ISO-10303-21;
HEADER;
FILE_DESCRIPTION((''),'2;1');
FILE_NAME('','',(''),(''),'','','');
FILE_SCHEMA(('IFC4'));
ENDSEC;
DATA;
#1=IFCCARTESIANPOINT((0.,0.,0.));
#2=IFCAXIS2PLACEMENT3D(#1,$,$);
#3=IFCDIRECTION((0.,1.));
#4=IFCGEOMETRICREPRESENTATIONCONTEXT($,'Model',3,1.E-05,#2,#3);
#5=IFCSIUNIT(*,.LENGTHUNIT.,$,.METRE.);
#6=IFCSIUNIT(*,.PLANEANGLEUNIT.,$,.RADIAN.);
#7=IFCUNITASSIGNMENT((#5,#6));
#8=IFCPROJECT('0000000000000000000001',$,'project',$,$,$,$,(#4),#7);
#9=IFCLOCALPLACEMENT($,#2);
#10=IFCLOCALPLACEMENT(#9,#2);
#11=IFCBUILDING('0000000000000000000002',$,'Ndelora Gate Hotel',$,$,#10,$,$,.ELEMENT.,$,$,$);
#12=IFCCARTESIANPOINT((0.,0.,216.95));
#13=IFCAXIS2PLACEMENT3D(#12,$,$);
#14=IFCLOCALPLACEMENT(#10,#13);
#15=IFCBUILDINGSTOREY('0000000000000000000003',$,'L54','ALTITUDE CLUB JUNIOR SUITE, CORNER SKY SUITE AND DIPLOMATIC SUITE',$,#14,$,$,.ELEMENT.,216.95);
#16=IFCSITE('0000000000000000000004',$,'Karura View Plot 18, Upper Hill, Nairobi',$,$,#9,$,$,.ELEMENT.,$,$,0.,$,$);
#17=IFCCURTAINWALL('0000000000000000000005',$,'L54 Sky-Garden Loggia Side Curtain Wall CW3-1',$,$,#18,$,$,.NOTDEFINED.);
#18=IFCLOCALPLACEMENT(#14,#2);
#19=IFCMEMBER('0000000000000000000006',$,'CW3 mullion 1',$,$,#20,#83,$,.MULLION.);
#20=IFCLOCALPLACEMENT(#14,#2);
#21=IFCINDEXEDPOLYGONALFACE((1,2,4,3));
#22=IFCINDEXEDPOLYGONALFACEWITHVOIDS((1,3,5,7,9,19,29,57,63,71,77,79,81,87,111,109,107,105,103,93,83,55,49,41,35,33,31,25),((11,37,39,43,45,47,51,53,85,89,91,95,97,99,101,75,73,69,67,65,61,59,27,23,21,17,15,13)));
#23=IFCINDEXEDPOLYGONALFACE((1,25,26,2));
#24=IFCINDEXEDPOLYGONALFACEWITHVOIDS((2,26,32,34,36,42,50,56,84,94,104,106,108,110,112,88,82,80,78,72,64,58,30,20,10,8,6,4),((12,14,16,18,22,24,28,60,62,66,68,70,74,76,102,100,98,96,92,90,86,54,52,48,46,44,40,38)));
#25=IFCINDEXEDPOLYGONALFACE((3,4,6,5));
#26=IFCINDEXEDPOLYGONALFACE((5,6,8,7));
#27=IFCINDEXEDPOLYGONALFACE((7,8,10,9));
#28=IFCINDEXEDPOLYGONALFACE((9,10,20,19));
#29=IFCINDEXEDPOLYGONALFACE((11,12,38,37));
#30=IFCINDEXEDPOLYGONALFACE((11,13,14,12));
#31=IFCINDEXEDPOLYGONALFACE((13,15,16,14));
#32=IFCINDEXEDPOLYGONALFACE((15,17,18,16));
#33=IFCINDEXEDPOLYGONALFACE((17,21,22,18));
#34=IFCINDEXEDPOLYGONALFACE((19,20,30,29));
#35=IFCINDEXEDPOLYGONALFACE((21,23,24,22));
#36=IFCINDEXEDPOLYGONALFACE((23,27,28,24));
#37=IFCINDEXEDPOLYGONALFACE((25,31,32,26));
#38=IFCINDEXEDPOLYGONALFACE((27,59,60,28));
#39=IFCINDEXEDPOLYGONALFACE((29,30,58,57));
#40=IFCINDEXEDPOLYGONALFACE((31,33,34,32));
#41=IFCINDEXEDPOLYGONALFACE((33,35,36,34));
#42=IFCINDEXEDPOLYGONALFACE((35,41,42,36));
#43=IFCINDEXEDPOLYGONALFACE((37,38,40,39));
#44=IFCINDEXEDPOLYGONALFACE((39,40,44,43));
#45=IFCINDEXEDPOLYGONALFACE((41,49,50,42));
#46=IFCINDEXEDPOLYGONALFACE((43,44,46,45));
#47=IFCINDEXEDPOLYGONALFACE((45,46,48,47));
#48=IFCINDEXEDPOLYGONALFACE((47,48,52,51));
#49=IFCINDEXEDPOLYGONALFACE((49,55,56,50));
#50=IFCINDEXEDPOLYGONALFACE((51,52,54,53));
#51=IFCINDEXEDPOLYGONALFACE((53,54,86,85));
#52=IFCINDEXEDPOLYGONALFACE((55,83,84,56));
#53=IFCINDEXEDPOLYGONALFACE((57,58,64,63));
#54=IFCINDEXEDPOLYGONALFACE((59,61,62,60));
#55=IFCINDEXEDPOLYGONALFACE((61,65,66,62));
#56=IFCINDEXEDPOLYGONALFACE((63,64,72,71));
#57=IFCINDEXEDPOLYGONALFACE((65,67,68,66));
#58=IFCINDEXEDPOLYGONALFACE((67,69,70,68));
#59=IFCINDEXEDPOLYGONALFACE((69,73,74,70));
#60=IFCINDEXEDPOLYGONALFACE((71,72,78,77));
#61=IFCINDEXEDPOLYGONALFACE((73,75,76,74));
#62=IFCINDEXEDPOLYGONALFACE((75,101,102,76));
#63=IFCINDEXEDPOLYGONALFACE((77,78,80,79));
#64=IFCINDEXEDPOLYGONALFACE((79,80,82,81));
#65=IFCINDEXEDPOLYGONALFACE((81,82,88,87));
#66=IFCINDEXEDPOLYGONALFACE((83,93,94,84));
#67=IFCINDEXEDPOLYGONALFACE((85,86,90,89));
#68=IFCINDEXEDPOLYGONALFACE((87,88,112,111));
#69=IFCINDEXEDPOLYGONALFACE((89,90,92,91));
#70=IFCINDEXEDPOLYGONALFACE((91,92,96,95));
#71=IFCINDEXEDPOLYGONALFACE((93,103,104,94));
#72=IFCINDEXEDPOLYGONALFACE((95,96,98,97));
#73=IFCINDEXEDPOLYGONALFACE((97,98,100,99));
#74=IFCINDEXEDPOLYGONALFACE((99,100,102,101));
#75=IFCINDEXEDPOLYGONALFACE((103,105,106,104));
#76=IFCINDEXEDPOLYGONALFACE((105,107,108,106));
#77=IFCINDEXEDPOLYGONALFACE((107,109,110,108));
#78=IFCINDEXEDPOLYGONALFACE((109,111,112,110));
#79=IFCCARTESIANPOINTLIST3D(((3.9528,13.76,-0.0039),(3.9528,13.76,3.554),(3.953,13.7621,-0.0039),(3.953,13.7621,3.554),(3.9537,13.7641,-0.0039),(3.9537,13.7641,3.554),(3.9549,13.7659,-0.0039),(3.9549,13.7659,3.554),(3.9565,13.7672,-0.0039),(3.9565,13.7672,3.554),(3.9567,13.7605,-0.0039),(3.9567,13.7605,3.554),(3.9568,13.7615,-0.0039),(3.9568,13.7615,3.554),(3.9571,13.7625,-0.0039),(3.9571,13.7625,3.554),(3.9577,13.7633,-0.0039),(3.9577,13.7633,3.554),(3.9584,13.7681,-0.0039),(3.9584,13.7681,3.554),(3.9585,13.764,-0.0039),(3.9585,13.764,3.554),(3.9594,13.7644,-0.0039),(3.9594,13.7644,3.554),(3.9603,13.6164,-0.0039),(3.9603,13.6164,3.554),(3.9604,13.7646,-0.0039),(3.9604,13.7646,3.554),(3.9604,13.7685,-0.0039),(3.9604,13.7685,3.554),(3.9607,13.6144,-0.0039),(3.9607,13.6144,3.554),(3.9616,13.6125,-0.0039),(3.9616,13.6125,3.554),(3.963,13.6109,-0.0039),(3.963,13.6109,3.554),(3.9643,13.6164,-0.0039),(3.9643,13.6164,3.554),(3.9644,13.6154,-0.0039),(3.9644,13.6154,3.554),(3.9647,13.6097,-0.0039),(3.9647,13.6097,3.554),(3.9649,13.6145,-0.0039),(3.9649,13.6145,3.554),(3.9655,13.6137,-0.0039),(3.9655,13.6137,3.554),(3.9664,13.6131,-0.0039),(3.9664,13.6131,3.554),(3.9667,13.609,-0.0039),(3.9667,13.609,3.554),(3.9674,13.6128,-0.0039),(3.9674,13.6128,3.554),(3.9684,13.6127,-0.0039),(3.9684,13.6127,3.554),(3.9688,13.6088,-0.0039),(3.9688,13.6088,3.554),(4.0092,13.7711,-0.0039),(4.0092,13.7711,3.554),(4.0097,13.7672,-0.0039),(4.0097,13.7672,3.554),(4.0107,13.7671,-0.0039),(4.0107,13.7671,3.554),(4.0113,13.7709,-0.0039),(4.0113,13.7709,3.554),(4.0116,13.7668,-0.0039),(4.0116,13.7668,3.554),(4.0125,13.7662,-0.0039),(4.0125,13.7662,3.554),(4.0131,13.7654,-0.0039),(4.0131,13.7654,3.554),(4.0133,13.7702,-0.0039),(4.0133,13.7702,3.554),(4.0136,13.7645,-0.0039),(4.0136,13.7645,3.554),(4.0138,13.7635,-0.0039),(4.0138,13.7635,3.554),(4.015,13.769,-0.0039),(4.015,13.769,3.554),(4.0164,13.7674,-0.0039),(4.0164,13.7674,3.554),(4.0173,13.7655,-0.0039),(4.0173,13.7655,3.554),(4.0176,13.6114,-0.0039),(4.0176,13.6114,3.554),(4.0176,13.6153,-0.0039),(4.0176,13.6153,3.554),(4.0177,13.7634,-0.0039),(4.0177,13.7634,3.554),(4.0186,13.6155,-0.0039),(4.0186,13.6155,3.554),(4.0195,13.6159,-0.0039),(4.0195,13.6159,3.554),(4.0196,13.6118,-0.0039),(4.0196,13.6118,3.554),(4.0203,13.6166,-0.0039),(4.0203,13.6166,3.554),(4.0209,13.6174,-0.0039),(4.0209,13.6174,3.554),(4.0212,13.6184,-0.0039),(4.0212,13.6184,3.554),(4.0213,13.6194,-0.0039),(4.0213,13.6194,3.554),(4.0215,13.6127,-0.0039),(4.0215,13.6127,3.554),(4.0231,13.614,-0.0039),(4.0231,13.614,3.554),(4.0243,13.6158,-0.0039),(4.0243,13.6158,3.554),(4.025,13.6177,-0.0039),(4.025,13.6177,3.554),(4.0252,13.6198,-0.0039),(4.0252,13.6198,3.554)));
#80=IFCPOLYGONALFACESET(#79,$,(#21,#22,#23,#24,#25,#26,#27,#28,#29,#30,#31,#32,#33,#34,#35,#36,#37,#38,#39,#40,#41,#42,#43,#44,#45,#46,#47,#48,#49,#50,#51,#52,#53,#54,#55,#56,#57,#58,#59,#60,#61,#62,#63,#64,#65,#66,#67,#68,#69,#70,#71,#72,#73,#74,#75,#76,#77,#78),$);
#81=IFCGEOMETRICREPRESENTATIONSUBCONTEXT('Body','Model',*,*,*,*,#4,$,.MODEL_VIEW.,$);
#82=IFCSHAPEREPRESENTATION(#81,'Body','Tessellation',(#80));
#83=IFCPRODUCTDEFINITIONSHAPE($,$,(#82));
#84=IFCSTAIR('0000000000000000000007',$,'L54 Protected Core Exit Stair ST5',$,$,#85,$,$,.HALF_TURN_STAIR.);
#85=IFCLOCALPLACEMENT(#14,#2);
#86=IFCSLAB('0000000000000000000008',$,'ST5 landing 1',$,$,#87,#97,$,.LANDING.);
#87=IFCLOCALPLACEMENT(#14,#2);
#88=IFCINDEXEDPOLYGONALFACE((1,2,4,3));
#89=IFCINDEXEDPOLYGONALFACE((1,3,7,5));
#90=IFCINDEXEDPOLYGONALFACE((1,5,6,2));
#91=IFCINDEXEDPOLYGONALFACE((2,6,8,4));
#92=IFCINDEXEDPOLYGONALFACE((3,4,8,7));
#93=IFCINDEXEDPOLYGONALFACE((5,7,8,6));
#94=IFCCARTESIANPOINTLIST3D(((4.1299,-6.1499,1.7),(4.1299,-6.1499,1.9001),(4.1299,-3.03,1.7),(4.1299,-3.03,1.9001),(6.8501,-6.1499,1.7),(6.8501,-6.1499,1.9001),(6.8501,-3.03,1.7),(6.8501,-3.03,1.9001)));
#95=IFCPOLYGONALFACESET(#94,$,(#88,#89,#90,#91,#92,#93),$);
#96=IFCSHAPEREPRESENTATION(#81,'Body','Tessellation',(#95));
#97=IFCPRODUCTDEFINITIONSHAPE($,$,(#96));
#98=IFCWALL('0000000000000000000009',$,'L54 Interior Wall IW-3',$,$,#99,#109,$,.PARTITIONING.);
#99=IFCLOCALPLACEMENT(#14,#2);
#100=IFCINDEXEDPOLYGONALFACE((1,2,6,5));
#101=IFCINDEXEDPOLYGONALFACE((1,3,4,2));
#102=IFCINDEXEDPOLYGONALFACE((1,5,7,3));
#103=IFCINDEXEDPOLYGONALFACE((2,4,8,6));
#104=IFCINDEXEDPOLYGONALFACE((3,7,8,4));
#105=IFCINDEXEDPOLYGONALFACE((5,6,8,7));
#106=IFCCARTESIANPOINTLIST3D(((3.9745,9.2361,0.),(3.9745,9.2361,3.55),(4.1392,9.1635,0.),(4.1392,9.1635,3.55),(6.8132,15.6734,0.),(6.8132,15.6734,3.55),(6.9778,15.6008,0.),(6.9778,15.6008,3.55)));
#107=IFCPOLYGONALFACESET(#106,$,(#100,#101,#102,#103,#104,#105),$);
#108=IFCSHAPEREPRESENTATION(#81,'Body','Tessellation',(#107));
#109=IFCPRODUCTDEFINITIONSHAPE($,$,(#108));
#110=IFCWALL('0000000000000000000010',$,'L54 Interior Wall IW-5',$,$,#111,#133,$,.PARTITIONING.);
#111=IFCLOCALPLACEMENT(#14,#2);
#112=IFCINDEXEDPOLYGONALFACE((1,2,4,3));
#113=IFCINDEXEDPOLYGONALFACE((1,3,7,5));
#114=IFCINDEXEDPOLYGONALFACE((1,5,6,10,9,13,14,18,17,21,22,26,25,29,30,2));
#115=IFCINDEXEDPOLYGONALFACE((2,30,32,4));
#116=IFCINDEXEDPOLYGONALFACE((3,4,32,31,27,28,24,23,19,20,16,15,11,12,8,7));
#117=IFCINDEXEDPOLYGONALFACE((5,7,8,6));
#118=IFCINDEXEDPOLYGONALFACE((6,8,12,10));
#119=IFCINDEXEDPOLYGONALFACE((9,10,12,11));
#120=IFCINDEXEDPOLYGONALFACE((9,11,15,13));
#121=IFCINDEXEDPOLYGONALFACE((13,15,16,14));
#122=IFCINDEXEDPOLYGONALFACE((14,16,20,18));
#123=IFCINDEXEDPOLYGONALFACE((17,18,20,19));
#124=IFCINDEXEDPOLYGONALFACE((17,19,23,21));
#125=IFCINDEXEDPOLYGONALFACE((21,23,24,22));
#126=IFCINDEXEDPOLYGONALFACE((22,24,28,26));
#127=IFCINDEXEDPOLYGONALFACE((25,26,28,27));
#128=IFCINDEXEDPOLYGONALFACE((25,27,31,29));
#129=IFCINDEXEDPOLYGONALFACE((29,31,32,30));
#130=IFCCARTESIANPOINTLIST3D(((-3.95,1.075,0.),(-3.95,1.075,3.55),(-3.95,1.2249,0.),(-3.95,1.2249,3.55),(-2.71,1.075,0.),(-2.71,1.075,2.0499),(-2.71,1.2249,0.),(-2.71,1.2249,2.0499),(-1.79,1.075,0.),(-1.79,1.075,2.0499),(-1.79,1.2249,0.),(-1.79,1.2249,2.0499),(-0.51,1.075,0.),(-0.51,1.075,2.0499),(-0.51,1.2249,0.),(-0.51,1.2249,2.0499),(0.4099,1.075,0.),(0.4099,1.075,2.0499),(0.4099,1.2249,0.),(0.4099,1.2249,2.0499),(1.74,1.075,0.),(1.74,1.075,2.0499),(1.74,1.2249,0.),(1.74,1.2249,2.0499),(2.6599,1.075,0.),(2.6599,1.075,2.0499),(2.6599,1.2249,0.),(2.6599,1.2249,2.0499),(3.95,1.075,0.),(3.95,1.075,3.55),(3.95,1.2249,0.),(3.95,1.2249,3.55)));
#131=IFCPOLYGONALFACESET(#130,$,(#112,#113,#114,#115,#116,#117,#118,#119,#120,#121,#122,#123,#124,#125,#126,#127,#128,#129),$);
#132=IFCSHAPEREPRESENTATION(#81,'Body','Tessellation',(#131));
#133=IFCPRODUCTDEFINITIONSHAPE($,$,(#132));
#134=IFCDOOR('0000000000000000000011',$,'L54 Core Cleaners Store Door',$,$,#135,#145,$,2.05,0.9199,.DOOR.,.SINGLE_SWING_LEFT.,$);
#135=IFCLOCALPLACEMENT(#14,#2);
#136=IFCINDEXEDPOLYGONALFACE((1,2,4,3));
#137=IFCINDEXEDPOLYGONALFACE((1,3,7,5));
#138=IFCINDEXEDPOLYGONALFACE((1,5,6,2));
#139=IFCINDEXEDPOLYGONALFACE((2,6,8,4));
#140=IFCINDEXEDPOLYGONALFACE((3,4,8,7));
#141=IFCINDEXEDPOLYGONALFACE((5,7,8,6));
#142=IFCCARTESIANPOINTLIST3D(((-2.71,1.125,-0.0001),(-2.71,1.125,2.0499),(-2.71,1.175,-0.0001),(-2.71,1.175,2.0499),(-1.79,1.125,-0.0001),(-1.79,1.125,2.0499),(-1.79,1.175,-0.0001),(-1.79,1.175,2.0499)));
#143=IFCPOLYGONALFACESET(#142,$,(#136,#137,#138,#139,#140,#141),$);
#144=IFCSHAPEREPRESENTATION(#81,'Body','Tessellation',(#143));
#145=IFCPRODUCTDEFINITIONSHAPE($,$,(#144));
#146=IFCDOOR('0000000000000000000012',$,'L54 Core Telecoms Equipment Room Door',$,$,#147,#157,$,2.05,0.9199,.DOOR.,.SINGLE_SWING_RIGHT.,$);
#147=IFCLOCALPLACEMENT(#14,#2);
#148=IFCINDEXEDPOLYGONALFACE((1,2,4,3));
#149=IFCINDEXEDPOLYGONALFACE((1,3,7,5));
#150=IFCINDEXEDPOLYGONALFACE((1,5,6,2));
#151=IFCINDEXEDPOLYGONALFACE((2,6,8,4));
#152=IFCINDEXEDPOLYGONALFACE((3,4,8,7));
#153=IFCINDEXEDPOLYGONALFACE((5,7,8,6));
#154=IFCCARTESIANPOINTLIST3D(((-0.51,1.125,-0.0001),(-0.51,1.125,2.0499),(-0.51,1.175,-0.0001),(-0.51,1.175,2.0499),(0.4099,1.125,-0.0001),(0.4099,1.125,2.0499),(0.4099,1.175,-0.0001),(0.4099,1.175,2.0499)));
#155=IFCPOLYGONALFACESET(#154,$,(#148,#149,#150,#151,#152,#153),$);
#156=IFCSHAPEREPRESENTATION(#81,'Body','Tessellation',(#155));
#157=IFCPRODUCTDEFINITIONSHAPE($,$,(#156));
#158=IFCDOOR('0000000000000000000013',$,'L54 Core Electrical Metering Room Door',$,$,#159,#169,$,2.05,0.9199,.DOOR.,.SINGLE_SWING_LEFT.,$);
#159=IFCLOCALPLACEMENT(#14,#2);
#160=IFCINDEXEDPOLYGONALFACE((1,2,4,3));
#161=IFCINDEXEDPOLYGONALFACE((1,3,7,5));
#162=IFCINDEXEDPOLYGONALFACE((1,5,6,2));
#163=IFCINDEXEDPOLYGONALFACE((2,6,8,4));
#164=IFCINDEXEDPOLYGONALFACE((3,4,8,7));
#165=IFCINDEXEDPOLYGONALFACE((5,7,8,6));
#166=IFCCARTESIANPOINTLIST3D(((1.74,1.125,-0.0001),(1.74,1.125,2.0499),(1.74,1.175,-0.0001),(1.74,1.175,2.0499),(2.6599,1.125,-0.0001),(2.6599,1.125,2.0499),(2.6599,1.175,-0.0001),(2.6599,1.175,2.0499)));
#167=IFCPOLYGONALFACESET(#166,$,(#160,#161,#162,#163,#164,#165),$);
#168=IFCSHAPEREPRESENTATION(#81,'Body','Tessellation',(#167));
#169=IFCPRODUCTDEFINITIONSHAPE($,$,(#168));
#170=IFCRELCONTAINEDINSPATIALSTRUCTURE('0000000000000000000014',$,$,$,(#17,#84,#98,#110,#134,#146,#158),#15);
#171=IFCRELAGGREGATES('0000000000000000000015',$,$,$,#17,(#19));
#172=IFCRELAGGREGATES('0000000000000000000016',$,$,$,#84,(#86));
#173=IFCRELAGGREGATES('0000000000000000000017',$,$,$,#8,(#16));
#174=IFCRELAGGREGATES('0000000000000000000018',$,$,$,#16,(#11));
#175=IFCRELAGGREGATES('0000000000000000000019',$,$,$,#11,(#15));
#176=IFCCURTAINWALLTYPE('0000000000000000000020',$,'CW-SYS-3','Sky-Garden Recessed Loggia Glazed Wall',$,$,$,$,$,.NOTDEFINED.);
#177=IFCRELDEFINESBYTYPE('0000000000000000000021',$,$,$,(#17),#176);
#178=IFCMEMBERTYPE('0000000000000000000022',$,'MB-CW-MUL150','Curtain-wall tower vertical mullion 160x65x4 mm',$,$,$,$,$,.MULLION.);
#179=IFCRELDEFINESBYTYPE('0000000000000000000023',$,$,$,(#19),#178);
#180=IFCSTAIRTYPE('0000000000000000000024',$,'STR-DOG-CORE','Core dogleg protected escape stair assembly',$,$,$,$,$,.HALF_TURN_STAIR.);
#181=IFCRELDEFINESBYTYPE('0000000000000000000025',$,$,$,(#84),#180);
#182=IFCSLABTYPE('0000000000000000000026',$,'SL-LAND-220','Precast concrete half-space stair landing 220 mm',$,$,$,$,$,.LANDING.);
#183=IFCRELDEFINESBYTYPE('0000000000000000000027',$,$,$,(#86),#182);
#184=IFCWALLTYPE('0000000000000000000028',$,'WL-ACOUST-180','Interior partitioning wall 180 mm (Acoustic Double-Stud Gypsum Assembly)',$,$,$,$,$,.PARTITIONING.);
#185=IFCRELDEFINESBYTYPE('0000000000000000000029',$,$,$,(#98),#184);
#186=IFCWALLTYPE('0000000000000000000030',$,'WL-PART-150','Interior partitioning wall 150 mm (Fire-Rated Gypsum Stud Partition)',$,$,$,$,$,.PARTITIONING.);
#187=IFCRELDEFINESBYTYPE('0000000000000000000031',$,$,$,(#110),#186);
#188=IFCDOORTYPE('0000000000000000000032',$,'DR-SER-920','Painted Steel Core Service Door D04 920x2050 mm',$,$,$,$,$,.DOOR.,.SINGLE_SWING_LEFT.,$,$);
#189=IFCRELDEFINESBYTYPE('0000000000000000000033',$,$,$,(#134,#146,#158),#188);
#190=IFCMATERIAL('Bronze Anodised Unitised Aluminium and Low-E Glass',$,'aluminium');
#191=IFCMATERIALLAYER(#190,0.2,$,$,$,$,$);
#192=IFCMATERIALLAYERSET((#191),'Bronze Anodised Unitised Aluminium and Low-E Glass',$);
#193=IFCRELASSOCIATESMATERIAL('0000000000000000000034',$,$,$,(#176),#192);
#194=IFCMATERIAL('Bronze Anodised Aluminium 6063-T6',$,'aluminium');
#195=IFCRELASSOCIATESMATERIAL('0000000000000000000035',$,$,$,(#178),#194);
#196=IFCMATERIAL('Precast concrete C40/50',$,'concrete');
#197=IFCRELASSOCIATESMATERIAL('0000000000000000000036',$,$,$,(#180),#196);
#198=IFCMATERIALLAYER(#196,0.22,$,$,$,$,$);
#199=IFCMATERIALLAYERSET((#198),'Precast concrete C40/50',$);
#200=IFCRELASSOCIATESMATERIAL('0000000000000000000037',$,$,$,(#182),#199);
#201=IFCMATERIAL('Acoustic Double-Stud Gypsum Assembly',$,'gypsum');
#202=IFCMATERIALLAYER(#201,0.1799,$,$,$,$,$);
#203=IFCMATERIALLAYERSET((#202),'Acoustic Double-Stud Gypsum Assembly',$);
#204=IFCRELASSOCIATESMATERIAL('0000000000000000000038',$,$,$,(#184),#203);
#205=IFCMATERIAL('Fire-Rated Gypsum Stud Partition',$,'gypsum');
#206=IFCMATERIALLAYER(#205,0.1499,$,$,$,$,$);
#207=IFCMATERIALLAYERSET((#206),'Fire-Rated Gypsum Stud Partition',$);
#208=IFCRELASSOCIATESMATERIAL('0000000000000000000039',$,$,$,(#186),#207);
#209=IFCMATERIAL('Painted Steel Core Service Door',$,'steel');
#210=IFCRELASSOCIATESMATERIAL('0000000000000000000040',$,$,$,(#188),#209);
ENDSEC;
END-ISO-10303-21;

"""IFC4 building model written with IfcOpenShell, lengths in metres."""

from ifc_helpers import new_model, si_unit, direction, frame, frame_2d, origin, origin_2d, place, context, subcontext, project, spatial, polyline, rectangle, hollow_rectangle, outline, extrude, material, layer, layer_set, material_profile, profile_set, type_object, element, fill, aggregate, save


model = new_model("IFC4")

# Units and contexts
model_context = context("Model", 3, precision=1e-05, world=origin(), true_north=direction((0.0, 1.0)))
body_context = subcontext(model_context, "Body", "Model", "MODEL_VIEW")
ifc_project = project(units=[si_unit("LENGTHUNIT", "METRE"), si_unit("PLANEANGLEUNIT", "RADIAN")], contexts=[model_context])

# Site, building, storey
site_placement = place(None, origin())
site = spatial("IfcSite", under=ifc_project, at=site_placement, Name="Karura View Plot 18, Upper Hill, Nairobi", CompositionType="ELEMENT", RefElevation=0.0)
building_placement = place(site_placement, origin())
building = spatial("IfcBuilding", under=site, at=building_placement, Name="Ndelora Gate Hotel", CompositionType="ELEMENT")
storey_placement = place(building_placement, frame((0.0, 0.0, 216.95)))
storey = spatial("IfcBuildingStorey", under=building, at=storey_placement, Name="L54", Description="ALTITUDE CLUB JUNIOR SUITE, CORNER SKY SUITE AND DIPLOMATIC SUITE", CompositionType="ELEMENT", Elevation=216.95)

# Curtain wall, member
ifc_material_1 = material(Name="Bronze Anodised Unitised Aluminium and Low-E Glass", Category="aluminium")
ifc_layer_1 = layer(ifc_material_1, 0.2)
ifc_layer_set_1 = layer_set([ifc_layer_1], Name="Bronze Anodised Unitised Aluminium and Low-E Glass")
curtain_wall_type = type_object("IfcCurtainWallType", Name="CW-SYS-3", Description="Sky-Garden Recessed Loggia Glazed Wall", PredefinedType="NOTDEFINED", material=ifc_layer_set_1)
curtain_wall_placement = place(storey_placement, origin())
curtain_wall = element("IfcCurtainWall", 1, at=curtain_wall_placement, inside=storey, type_object=curtain_wall_type, Name="L54 Sky-Garden Loggia Side Curtain Wall CW3-1", PredefinedType="NOTDEFINED")
ifc_material_2 = material(Name="Bronze Anodised Aluminium 6063-T6", Category="aluminium")
ifc_material_profile = material_profile(ifc_material_2, hollow_rectangle(XDim=0.0649, YDim=0.1599, WallThickness=0.0039, InnerFilletRadius=0.0039, OuterFilletRadius=0.0081, at=origin_2d()), Name="ALU 160x65x4")
ifc_profile_set = profile_set([ifc_material_profile], Name="Bronze Anodised Aluminium 6063-T6")
member_type = type_object("IfcMemberType", Name="MB-CW-MUL150", Description="Curtain-wall tower vertical mullion 160x65x4 mm", PredefinedType="MULLION", material=ifc_profile_set)
member_placement = place(storey_placement, frame((3.989, 13.6899, -0.0039), z_axis=(0.0, 0.0, 1.0), x_axis=(-0.99863, -0.052318, 0.0)))
member = element("IfcMember", 2, at=member_placement, type_object=member_type, Name="CW3 mullion 1", PredefinedType="MULLION", context=body_context, shape_type="SweptSolid", body=[
    extrude(hollow_rectangle(XDim=0.0649, YDim=0.1599, WallThickness=0.0039, InnerFilletRadius=0.0039, OuterFilletRadius=0.0081, at=origin_2d()), origin(), (0.0, 0.0, 1.0), 3.5579),
])
aggregate(curtain_wall, [member])

# Stair, slab
ifc_material_3 = material(Name="Precast concrete C40/50", Category="concrete")
stair_type = type_object("IfcStairType", Name="STR-DOG-CORE", Description="Core dogleg protected escape stair assembly", PredefinedType="HALF_TURN_STAIR", material=ifc_material_3)
stair_placement = place(storey_placement, origin())
stair = element("IfcStair", 3, at=stair_placement, inside=storey, type_object=stair_type, Name="L54 Protected Core Exit Stair ST5", PredefinedType="HALF_TURN_STAIR")
ifc_layer_2 = layer(ifc_material_3, 0.22)
ifc_layer_set_2 = layer_set([ifc_layer_2], Name="Precast concrete C40/50")
slab_type = type_object("IfcSlabType", Name="SL-LAND-220", Description="Precast concrete half-space stair landing 220 mm", PredefinedType="LANDING", material=ifc_layer_set_2)
slab_placement = place(storey_placement, frame((0.0, 0.0, 1.7)))
slab = element("IfcSlab", 4, at=slab_placement, type_object=slab_type, Name="ST5 landing 1", PredefinedType="LANDING", context=body_context, shape_type="SweptSolid", body=[
    extrude(outline(polyline([(4.1299, -3.03), (4.1299, -6.1499), (6.8501, -6.1499), (6.8501, -3.03), (4.1299, -3.03)])), origin(), (0.0, 0.0, 1.0), 0.2002),
])
aggregate(stair, [slab])

# Wall
ifc_material_4 = material(Name="Acoustic Double-Stud Gypsum Assembly", Category="gypsum")
ifc_layer_3 = layer(ifc_material_4, 0.1799)
ifc_layer_set_3 = layer_set([ifc_layer_3], Name="Acoustic Double-Stud Gypsum Assembly")
wall_type_1 = type_object("IfcWallType", Name="WL-ACOUST-180", Description="Interior partitioning wall 180 mm (Acoustic Double-Stud Gypsum Assembly)", PredefinedType="PARTITIONING", material=ifc_layer_set_3)
wall_1_placement = place(storey_placement, frame((4.0569, 9.2, 0.0), z_axis=(0.0, 0.0, 1.0), x_axis=(0.40348, 0.914988, 0.0)))
element("IfcWall", 5, at=wall_1_placement, inside=storey, type_object=wall_type_1, Name="L54 Interior Wall IW-3", PredefinedType="PARTITIONING", context=body_context, shape_type="SweptSolid", body=[
    extrude(rectangle(XDim=7.0354, YDim=0.1799, at=frame_2d((3.5176, 0.0))), origin(), (0.0, 0.0, 1.0), 3.55),
])

# Wall, openings, doors
ifc_material_5 = material(Name="Fire-Rated Gypsum Stud Partition", Category="gypsum")
ifc_layer_4 = layer(ifc_material_5, 0.1499)
ifc_layer_set_4 = layer_set([ifc_layer_4], Name="Fire-Rated Gypsum Stud Partition")
wall_type_2 = type_object("IfcWallType", Name="WL-PART-150", Description="Interior partitioning wall 150 mm (Fire-Rated Gypsum Stud Partition)", PredefinedType="PARTITIONING", material=ifc_layer_set_4)
wall_2_placement = place(storey_placement, frame((3.95, 1.1499, 0.0), z_axis=(0.0, 0.0, 1.0), x_axis=(-1.0, 0.0, 0.0)))
wall_2 = element("IfcWall", 6, at=wall_2_placement, inside=storey, type_object=wall_type_2, Name="L54 Interior Wall IW-5", PredefinedType="PARTITIONING", context=body_context, shape_type="SweptSolid", body=[
    extrude(rectangle(XDim=7.8999, YDim=0.1499, at=frame_2d((3.95, 0.0))), origin(), (0.0, 0.0, 1.0), 3.55),
])
opening_1_placement = place(wall_2_placement, frame((5.74, 0.0, 0.0)))
opening_1 = element("IfcOpeningElement", 7, at=opening_1_placement, cuts=wall_2, PredefinedType="OPENING", context=body_context, shape_type="SweptSolid", body=[
    extrude(rectangle(XDim=0.9199, YDim=2.05, at=frame_2d((0.46, 1.0249))), frame((0.0, 0.085, 0.0), z_axis=(0.0, -1.0, 0.0), x_axis=(1.0, 0.0, 0.0)), (0.0, 0.0, 1.0), 0.1699),
])
opening_2_placement = place(wall_2_placement, frame((3.54, 0.0, 0.0)))
opening_2 = element("IfcOpeningElement", 8, at=opening_2_placement, cuts=wall_2, PredefinedType="OPENING", context=body_context, shape_type="SweptSolid", body=[
    extrude(rectangle(XDim=0.9199, YDim=2.05, at=frame_2d((0.46, 1.0249))), frame((0.0, 0.085, 0.0), z_axis=(0.0, -1.0, 0.0), x_axis=(1.0, 0.0, 0.0)), (0.0, 0.0, 1.0), 0.1699),
])
opening_3_placement = place(wall_2_placement, frame((1.29, 0.0, 0.0)))
opening_3 = element("IfcOpeningElement", 9, at=opening_3_placement, cuts=wall_2, PredefinedType="OPENING", context=body_context, shape_type="SweptSolid", body=[
    extrude(rectangle(XDim=0.9199, YDim=2.05, at=frame_2d((0.46, 1.0249))), frame((0.0, 0.085, 0.0), z_axis=(0.0, -1.0, 0.0), x_axis=(1.0, 0.0, 0.0)), (0.0, 0.0, 1.0), 0.1699),
])
ifc_material_6 = material(Name="Painted Steel Core Service Door", Category="steel")
door_type_1 = type_object("IfcDoorType", Name="DR-SER-920", Description="Painted Steel Core Service Door D04 920x2050 mm", OperationType="SINGLE_SWING_LEFT", PredefinedType="DOOR", material=ifc_material_6)
door_1_placement = place(opening_1_placement, origin())
door_1 = element("IfcDoor", 10, at=door_1_placement, inside=storey, type_object=door_type_1, Name="L54 Core Cleaners Store Door", OperationType="SINGLE_SWING_LEFT", OverallHeight=2.05, OverallWidth=0.9199, PredefinedType="DOOR", context=body_context, shape_type="SweptSolid", body=[
    extrude(rectangle(XDim=0.9199, YDim=2.05, at=frame_2d((0.46, 1.0249))), frame((0.0, 0.0249, 0.0), z_axis=(0.0, -1.0, 0.0), x_axis=(1.0, 0.0, 0.0)), (0.0, 0.0, 1.0), 0.05),
])
fill(opening_1, door_1)
door_2_placement = place(opening_2_placement, origin())
door_2 = element("IfcDoor", 11, at=door_2_placement, inside=storey, type_object=door_type_1, Name="L54 Core Telecoms Equipment Room Door", OperationType="SINGLE_SWING_RIGHT", OverallHeight=2.05, OverallWidth=0.9199, PredefinedType="DOOR", context=body_context, shape_type="SweptSolid", body=[
    extrude(rectangle(XDim=0.9199, YDim=2.05, at=frame_2d((0.46, 1.0249))), frame((0.0, 0.0249, 0.0), z_axis=(0.0, -1.0, 0.0), x_axis=(1.0, 0.0, 0.0)), (0.0, 0.0, 1.0), 0.05),
])
fill(opening_2, door_2)
door_3_placement = place(opening_3_placement, origin())
door_3 = element("IfcDoor", 12, at=door_3_placement, inside=storey, type_object=door_type_1, Name="L54 Core Electrical Metering Room Door", OperationType="SINGLE_SWING_LEFT", OverallHeight=2.05, OverallWidth=0.9199, PredefinedType="DOOR", context=body_context, shape_type="SweptSolid", body=[
    extrude(rectangle(XDim=0.9199, YDim=2.05, at=frame_2d((0.46, 1.0249))), frame((0.0, 0.0249, 0.0), z_axis=(0.0, -1.0, 0.0), x_axis=(1.0, 0.0, 0.0)), (0.0, 0.0, 1.0), 0.05),
])
fill(opening_3, door_3)

save(model, "model.ifc")
